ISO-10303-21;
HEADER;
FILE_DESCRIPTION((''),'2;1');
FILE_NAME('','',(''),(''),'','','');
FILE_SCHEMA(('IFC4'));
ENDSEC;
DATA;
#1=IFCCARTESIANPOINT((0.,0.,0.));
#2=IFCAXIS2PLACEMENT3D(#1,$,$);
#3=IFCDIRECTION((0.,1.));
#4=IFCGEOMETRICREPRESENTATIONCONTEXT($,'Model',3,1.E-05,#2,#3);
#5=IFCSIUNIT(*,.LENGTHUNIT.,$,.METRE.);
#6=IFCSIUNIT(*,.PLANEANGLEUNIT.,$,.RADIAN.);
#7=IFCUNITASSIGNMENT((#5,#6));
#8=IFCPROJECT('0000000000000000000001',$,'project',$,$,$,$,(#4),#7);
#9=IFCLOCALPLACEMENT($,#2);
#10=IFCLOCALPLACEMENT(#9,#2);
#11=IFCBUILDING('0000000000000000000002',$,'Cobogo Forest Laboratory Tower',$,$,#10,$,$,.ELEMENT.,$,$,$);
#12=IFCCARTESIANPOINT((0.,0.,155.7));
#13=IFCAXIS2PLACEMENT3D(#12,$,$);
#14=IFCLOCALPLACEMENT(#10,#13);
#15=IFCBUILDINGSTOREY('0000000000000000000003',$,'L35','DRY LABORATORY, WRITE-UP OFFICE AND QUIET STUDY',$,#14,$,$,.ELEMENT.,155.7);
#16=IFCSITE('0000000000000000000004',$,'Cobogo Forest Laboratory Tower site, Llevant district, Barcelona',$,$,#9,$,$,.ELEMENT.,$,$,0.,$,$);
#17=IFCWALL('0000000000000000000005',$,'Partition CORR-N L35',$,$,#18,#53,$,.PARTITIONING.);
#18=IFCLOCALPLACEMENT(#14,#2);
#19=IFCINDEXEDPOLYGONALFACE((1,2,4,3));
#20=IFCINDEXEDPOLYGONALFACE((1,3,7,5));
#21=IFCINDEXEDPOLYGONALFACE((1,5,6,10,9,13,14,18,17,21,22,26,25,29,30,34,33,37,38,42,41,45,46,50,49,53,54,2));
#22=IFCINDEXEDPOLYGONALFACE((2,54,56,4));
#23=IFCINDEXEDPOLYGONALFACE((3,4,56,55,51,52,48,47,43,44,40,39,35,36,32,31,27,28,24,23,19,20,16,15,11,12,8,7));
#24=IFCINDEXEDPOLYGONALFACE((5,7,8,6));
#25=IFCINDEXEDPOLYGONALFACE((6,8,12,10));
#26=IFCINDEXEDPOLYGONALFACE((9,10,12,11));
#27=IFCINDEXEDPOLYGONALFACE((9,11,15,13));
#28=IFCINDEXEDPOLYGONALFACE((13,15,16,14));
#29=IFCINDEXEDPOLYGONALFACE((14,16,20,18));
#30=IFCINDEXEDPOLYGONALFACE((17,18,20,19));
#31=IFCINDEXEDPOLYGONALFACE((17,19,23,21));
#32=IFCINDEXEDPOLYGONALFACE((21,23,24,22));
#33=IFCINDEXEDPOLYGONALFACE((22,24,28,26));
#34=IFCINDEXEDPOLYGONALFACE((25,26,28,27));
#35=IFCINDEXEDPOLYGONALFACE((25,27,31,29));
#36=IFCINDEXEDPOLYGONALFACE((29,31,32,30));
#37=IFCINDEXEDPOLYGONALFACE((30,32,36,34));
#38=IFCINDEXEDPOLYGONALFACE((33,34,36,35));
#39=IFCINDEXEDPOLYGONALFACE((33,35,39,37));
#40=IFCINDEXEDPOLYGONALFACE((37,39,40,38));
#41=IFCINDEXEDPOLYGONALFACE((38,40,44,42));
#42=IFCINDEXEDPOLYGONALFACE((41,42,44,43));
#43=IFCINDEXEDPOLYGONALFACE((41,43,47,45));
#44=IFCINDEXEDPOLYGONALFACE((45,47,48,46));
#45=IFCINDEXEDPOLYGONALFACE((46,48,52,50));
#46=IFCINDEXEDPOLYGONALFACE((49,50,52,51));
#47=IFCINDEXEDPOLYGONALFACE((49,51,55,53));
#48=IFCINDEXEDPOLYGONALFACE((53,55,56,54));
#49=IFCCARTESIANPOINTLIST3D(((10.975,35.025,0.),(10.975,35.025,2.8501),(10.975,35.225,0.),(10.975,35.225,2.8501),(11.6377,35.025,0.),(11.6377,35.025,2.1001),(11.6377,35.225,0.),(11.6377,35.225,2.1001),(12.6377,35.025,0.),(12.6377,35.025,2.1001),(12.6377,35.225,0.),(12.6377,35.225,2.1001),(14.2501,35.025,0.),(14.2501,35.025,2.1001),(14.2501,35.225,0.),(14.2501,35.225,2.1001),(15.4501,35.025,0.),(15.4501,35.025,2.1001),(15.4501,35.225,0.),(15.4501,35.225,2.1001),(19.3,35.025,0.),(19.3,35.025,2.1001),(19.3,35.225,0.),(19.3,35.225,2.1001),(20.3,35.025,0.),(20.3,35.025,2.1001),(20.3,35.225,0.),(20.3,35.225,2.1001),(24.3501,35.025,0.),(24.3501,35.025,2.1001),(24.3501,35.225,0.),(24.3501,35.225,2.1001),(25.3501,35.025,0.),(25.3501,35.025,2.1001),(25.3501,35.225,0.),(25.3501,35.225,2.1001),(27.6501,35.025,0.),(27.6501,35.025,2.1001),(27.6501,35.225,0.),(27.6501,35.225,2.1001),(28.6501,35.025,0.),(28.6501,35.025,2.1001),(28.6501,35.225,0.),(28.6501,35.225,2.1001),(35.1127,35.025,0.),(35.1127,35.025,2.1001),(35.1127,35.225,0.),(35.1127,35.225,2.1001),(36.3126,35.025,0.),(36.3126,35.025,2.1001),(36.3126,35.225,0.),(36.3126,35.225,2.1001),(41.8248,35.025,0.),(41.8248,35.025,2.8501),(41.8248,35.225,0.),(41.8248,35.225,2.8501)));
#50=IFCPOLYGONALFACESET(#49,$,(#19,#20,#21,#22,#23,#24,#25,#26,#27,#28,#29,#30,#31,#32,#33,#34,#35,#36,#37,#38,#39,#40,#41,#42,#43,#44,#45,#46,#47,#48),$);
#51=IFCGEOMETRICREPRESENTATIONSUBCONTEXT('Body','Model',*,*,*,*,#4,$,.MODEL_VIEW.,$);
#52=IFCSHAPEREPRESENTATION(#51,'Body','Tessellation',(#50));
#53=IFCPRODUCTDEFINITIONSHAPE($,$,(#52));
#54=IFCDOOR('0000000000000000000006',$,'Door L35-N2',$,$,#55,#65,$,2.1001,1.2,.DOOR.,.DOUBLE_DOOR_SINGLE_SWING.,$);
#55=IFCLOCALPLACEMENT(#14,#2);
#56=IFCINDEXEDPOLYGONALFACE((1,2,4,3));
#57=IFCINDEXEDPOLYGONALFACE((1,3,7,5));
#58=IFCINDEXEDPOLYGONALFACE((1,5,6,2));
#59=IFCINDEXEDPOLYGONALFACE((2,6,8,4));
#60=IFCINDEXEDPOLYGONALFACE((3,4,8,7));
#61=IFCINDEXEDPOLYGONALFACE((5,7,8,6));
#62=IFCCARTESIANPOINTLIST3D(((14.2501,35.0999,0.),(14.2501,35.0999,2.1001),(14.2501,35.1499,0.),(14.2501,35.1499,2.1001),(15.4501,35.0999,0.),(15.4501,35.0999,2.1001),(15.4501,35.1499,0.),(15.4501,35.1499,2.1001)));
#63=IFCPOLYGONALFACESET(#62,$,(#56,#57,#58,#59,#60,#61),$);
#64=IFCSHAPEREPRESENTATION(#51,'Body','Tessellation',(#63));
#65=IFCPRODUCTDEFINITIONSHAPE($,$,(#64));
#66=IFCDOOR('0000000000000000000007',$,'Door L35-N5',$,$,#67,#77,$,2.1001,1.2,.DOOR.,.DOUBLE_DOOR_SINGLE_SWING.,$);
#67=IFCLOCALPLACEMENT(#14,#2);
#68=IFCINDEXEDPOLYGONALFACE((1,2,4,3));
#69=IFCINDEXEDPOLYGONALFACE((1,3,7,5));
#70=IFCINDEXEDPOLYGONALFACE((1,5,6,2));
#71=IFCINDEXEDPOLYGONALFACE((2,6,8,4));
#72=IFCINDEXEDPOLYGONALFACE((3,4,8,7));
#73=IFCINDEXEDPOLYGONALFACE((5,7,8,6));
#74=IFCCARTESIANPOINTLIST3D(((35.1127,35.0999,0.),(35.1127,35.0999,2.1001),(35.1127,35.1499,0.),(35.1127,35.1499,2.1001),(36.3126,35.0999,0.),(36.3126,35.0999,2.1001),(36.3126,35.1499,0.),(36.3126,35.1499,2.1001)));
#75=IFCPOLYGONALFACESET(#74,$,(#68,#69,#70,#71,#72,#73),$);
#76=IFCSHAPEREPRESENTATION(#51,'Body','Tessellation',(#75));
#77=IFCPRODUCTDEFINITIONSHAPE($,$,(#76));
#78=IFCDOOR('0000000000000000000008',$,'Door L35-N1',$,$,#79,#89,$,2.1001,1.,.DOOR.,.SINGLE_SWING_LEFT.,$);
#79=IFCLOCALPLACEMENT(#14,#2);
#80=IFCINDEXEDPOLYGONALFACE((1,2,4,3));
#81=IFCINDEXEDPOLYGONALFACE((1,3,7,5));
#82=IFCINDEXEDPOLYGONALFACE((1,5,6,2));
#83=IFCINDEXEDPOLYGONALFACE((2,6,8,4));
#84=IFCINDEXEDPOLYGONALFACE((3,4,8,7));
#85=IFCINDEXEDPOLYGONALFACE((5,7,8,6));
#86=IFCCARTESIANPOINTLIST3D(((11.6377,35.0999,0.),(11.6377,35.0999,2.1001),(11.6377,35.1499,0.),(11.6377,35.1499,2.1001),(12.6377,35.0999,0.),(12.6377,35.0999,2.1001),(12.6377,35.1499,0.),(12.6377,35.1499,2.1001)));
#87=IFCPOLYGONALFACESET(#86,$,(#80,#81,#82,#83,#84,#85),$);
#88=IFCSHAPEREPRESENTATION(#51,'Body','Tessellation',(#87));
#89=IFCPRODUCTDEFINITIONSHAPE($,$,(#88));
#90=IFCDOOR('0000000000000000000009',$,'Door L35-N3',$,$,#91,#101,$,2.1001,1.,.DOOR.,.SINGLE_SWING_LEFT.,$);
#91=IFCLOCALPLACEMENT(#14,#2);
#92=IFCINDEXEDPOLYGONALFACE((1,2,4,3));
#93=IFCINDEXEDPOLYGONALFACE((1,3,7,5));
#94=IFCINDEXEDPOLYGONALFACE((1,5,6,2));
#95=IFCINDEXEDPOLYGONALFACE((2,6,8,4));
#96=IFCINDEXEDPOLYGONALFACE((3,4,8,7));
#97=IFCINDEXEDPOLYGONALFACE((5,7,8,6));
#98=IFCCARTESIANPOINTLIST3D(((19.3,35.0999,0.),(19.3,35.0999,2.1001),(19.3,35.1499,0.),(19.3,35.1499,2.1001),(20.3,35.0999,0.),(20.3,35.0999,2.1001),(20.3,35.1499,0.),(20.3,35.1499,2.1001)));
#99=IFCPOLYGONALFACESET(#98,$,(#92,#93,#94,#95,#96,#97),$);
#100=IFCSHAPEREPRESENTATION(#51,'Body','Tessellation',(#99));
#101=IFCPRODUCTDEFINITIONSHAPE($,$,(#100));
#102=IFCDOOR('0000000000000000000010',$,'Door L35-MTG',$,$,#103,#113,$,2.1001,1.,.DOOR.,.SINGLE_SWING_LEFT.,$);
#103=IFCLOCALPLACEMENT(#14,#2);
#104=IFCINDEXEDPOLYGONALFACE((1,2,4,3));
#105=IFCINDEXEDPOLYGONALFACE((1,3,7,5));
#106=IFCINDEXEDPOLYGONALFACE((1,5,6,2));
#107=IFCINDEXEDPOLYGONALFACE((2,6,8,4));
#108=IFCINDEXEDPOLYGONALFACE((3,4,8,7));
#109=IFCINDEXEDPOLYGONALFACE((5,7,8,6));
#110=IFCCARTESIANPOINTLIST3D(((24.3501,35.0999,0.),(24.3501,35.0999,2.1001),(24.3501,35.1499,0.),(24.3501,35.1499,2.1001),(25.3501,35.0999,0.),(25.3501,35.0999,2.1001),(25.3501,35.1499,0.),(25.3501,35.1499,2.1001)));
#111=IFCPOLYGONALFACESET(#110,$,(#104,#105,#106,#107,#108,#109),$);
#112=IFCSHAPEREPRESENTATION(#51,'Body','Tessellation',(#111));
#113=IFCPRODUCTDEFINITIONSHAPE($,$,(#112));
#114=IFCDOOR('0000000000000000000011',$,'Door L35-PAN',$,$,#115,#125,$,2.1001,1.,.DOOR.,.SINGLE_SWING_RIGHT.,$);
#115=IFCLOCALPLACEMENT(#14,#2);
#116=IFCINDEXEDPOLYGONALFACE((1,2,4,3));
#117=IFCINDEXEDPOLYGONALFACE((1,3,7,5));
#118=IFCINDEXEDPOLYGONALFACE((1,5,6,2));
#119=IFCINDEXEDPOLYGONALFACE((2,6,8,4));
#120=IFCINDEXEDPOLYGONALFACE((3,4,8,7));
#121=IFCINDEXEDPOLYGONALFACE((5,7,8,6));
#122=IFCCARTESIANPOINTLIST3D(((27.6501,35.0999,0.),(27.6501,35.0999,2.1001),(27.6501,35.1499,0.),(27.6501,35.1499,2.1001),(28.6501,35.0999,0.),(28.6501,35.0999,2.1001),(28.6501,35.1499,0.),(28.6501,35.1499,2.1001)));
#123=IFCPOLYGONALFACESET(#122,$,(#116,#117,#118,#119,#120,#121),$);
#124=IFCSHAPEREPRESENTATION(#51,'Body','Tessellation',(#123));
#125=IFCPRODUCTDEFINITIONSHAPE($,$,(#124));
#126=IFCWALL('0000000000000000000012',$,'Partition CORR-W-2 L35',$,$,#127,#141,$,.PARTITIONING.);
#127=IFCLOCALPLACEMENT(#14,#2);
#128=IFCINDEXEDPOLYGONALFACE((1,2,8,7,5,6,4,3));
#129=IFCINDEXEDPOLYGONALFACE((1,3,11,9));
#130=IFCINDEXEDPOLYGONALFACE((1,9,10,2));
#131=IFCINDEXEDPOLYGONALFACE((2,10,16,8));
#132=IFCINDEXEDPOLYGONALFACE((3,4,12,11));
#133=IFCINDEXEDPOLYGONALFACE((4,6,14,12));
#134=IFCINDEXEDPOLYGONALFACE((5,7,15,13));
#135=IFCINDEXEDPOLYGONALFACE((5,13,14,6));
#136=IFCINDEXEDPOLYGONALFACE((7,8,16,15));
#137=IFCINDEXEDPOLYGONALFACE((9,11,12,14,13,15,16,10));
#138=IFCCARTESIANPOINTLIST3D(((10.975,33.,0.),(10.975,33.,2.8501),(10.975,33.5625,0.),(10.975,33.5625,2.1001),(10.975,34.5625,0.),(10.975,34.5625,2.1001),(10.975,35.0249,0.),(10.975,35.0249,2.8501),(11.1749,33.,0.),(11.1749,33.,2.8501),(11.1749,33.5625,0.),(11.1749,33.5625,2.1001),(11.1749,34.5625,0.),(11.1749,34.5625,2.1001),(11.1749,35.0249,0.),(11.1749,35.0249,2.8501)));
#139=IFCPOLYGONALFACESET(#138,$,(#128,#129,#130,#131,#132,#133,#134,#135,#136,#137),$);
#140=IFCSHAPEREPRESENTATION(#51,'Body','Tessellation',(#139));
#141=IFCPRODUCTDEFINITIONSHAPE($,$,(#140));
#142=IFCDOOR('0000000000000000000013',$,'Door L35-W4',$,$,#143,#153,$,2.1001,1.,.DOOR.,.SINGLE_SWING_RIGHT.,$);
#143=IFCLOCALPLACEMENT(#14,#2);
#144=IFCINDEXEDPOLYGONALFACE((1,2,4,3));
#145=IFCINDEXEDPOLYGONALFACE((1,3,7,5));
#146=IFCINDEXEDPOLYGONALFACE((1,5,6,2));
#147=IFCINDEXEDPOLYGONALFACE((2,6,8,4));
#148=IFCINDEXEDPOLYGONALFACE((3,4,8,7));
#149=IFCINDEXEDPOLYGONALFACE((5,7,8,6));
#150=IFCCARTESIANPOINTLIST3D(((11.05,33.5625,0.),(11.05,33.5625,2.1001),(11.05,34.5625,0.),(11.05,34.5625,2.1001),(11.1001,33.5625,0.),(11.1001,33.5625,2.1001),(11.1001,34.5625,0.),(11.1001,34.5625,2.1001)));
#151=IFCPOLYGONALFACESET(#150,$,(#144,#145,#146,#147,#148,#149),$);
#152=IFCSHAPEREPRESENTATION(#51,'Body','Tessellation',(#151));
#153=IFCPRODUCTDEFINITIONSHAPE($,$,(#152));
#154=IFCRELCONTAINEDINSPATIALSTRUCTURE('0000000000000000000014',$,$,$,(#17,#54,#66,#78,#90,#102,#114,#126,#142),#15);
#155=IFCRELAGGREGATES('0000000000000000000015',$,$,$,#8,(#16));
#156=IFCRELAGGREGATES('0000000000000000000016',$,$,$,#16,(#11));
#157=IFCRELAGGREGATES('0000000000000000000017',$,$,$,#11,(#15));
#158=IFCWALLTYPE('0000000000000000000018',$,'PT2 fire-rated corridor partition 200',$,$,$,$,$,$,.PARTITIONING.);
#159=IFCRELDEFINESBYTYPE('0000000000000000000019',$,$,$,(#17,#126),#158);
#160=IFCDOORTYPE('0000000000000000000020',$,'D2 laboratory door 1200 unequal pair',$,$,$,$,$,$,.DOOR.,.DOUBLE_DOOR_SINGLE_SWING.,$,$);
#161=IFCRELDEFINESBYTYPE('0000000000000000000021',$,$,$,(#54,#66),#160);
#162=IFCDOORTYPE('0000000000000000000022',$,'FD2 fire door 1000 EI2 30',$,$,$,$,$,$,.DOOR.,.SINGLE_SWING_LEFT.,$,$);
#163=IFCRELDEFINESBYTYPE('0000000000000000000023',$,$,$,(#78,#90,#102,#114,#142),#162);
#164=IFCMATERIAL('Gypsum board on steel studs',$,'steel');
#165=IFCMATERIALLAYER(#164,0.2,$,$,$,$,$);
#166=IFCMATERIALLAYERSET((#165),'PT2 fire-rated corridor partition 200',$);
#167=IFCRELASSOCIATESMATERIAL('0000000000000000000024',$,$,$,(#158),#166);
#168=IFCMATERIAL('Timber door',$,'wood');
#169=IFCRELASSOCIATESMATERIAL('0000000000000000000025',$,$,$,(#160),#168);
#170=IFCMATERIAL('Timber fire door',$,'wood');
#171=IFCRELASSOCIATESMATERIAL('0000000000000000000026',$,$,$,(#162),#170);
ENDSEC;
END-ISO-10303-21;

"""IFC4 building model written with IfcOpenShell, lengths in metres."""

from ifc_helpers import new_model, si_unit, direction, frame, frame_2d, origin, place, context, subcontext, project, spatial, rectangle, extrude, material, layer, layer_set, type_object, element, fill, save


model = new_model("IFC4")

# Units and contexts
model_context = context("Model", 3, precision=1e-05, world=origin(), true_north=direction((0.0, 1.0)))
body_context = subcontext(model_context, "Body", "Model", "MODEL_VIEW")
ifc_project = project(units=[si_unit("LENGTHUNIT", "METRE"), si_unit("PLANEANGLEUNIT", "RADIAN")], contexts=[model_context])

# Site, building, storey
site_placement = place(None, origin())
site = spatial("IfcSite", under=ifc_project, at=site_placement, Name="Cobogo Forest Laboratory Tower site, Llevant district, Barcelona", CompositionType="ELEMENT", RefElevation=0.0)
building_placement = place(site_placement, origin())
building = spatial("IfcBuilding", under=site, at=building_placement, Name="Cobogo Forest Laboratory Tower", CompositionType="ELEMENT")
storey_placement = place(building_placement, frame((0.0, 0.0, 155.7)))
storey = spatial("IfcBuildingStorey", under=building, at=storey_placement, Name="L35", Description="DRY LABORATORY, WRITE-UP OFFICE AND QUIET STUDY", CompositionType="ELEMENT", Elevation=155.7)

# Shared definitions
ifc_material_1 = material(Name="Gypsum board on steel studs", Category="steel")

# Wall, openings, doors
ifc_layer_1 = layer(ifc_material_1, 0.2)
ifc_layer_set_1 = layer_set([ifc_layer_1], Name="PT2 fire-rated corridor partition 200")
wall_type_1 = type_object("IfcWallType", Name="PT2 fire-rated corridor partition 200", PredefinedType="PARTITIONING", material=ifc_layer_set_1)
wall_1_placement = place(storey_placement, frame((10.9751, 35.125, 0.0), z_axis=(0.0, 0.0, 1.0), x_axis=(1.0, 0.0, 0.0)))
wall_1 = element("IfcWall", 1, at=wall_1_placement, inside=storey, type_object=wall_type_1, Name="Partition CORR-N L35", PredefinedType="PARTITIONING", context=body_context, shape_type="SweptSolid", body=[
    extrude(rectangle(XDim=30.8499, YDim=0.2, at=frame_2d((15.4248, 0.0))), origin(), (0.0, 0.0, 1.0), 2.8501),
])
opening_1_placement = place(wall_1_placement, frame((0.6626, 0.0, 0.0)))
opening_1 = element("IfcOpeningElement", 2, at=opening_1_placement, cuts=wall_1, PredefinedType="OPENING", context=body_context, shape_type="SweptSolid", body=[
    extrude(rectangle(XDim=1.0, YDim=2.1001, at=frame_2d((0.5, 1.05))), frame((0.0, 0.1099, 0.0), z_axis=(0.0, -1.0, 0.0), x_axis=(1.0, 0.0, 0.0)), (0.0, 0.0, 1.0), 0.22),
])
opening_2_placement = place(wall_1_placement, frame((3.2749, 0.0, 0.0)))
opening_2 = element("IfcOpeningElement", 3, at=opening_2_placement, cuts=wall_1, PredefinedType="OPENING", context=body_context, shape_type="SweptSolid", body=[
    extrude(rectangle(XDim=1.2, YDim=2.1001, at=frame_2d((0.6001, 1.05))), frame((0.0, 0.1099, 0.0), z_axis=(0.0, -1.0, 0.0), x_axis=(1.0, 0.0, 0.0)), (0.0, 0.0, 1.0), 0.22),
])
opening_3_placement = place(wall_1_placement, frame((8.325, 0.0, 0.0)))
opening_3 = element("IfcOpeningElement", 4, at=opening_3_placement, cuts=wall_1, PredefinedType="OPENING", context=body_context, shape_type="SweptSolid", body=[
    extrude(rectangle(XDim=1.0, YDim=2.1001, at=frame_2d((0.5, 1.05))), frame((0.0, 0.1099, 0.0), z_axis=(0.0, -1.0, 0.0), x_axis=(1.0, 0.0, 0.0)), (0.0, 0.0, 1.0), 0.22),
])
opening_4_placement = place(wall_1_placement, frame((13.375, 0.0, 0.0)))
opening_4 = element("IfcOpeningElement", 5, at=opening_4_placement, cuts=wall_1, PredefinedType="OPENING", context=body_context, shape_type="SweptSolid", body=[
    extrude(rectangle(XDim=1.0, YDim=2.1001, at=frame_2d((0.5, 1.05))), frame((0.0, 0.1099, 0.0), z_axis=(0.0, -1.0, 0.0), x_axis=(1.0, 0.0, 0.0)), (0.0, 0.0, 1.0), 0.22),
])
opening_5_placement = place(wall_1_placement, frame((16.675, 0.0, 0.0)))
opening_5 = element("IfcOpeningElement", 6, at=opening_5_placement, cuts=wall_1, PredefinedType="OPENING", context=body_context, shape_type="SweptSolid", body=[
    extrude(rectangle(XDim=1.0, YDim=2.1001, at=frame_2d((0.5, 1.05))), frame((0.0, 0.1099, 0.0), z_axis=(0.0, -1.0, 0.0), x_axis=(1.0, 0.0, 0.0)), (0.0, 0.0, 1.0), 0.22),
])
opening_6_placement = place(wall_1_placement, frame((24.1375, 0.0, 0.0)))
opening_6 = element("IfcOpeningElement", 7, at=opening_6_placement, cuts=wall_1, PredefinedType="OPENING", context=body_context, shape_type="SweptSolid", body=[
    extrude(rectangle(XDim=1.2, YDim=2.1001, at=frame_2d((0.6001, 1.05))), frame((0.0, 0.1099, 0.0), z_axis=(0.0, -1.0, 0.0), x_axis=(1.0, 0.0, 0.0)), (0.0, 0.0, 1.0), 0.22),
])
ifc_material_2 = material(Name="Timber door", Category="wood")
door_type_1 = type_object("IfcDoorType", Name="D2 laboratory door 1200 unequal pair", OperationType="DOUBLE_DOOR_SINGLE_SWING", PredefinedType="DOOR", material=ifc_material_2)
door_1_placement = place(opening_2_placement, origin())
door_1 = element("IfcDoor", 8, at=door_1_placement, inside=storey, type_object=door_type_1, Name="Door L35-N2", OperationType="DOUBLE_DOOR_SINGLE_SWING", OverallHeight=2.1001, OverallWidth=1.2, PredefinedType="DOOR", context=body_context, shape_type="SweptSolid", body=[
    extrude(rectangle(XDim=1.2, YDim=2.1001, at=frame_2d((0.6001, 1.05))), frame((0.0, 0.0249, 0.0), z_axis=(0.0, -1.0, 0.0), x_axis=(1.0, 0.0, 0.0)), (0.0, 0.0, 1.0), 0.05),
])
fill(opening_2, door_1)
door_2_placement = place(opening_6_placement, origin())
door_2 = element("IfcDoor", 9, at=door_2_placement, inside=storey, type_object=door_type_1, Name="Door L35-N5", OperationType="DOUBLE_DOOR_SINGLE_SWING", OverallHeight=2.1001, OverallWidth=1.2, PredefinedType="DOOR", context=body_context, shape_type="SweptSolid", body=[
    extrude(rectangle(XDim=1.2, YDim=2.1001, at=frame_2d((0.6001, 1.05))), frame((0.0, 0.0249, 0.0), z_axis=(0.0, -1.0, 0.0), x_axis=(1.0, 0.0, 0.0)), (0.0, 0.0, 1.0), 0.05),
])
fill(opening_6, door_2)
ifc_material_3 = material(Name="Timber fire door", Category="wood")
door_type_2 = type_object("IfcDoorType", Name="FD2 fire door 1000 EI2 30", OperationType="SINGLE_SWING_LEFT", PredefinedType="DOOR", material=ifc_material_3)
door_3_placement = place(opening_1_placement, origin())
door_3 = element("IfcDoor", 10, at=door_3_placement, inside=storey, type_object=door_type_2, Name="Door L35-N1", OperationType="SINGLE_SWING_LEFT", OverallHeight=2.1001, OverallWidth=1.0, PredefinedType="DOOR", context=body_context, shape_type="SweptSolid", body=[
    extrude(rectangle(XDim=1.0, YDim=2.1001, at=frame_2d((0.5, 1.05))), frame((0.0, 0.0249, 0.0), z_axis=(0.0, -1.0, 0.0), x_axis=(1.0, 0.0, 0.0)), (0.0, 0.0, 1.0), 0.05),
])
fill(opening_1, door_3)
door_4_placement = place(opening_3_placement, origin())
door_4 = element("IfcDoor", 11, at=door_4_placement, inside=storey, type_object=door_type_2, Name="Door L35-N3", OperationType="SINGLE_SWING_LEFT", OverallHeight=2.1001, OverallWidth=1.0, PredefinedType="DOOR", context=body_context, shape_type="SweptSolid", body=[
    extrude(rectangle(XDim=1.0, YDim=2.1001, at=frame_2d((0.5, 1.05))), frame((0.0, 0.0249, 0.0), z_axis=(0.0, -1.0, 0.0), x_axis=(1.0, 0.0, 0.0)), (0.0, 0.0, 1.0), 0.05),
])
fill(opening_3, door_4)
door_5_placement = place(opening_4_placement, origin())
door_5 = element("IfcDoor", 12, at=door_5_placement, inside=storey, type_object=door_type_2, Name="Door L35-MTG", OperationType="SINGLE_SWING_LEFT", OverallHeight=2.1001, OverallWidth=1.0, PredefinedType="DOOR", context=body_context, shape_type="SweptSolid", body=[
    extrude(rectangle(XDim=1.0, YDim=2.1001, at=frame_2d((0.5, 1.05))), frame((0.0, 0.0249, 0.0), z_axis=(0.0, -1.0, 0.0), x_axis=(1.0, 0.0, 0.0)), (0.0, 0.0, 1.0), 0.05),
])
fill(opening_4, door_5)
door_6_placement = place(opening_5_placement, origin())
door_6 = element("IfcDoor", 13, at=door_6_placement, inside=storey, type_object=door_type_2, Name="Door L35-PAN", OperationType="SINGLE_SWING_RIGHT", OverallHeight=2.1001, OverallWidth=1.0, PredefinedType="DOOR", context=body_context, shape_type="SweptSolid", body=[
    extrude(rectangle(XDim=1.0, YDim=2.1001, at=frame_2d((0.5, 1.05))), frame((0.0, 0.0249, 0.0), z_axis=(0.0, -1.0, 0.0), x_axis=(1.0, 0.0, 0.0)), (0.0, 0.0, 1.0), 0.05),
])
fill(opening_5, door_6)

# Wall, opening, door
wall_2_placement = place(storey_placement, frame((11.075, 33.0, 0.0), z_axis=(0.0, 0.0, 1.0), x_axis=(0.0, 1.0, 0.0)))
wall_2 = element("IfcWall", 14, at=wall_2_placement, inside=storey, type_object=wall_type_1, Name="Partition CORR-W-2 L35", PredefinedType="PARTITIONING", context=body_context, shape_type="SweptSolid", body=[
    extrude(rectangle(XDim=2.0249, YDim=0.2, at=frame_2d((1.0125, 0.0))), origin(), (0.0, 0.0, 1.0), 2.8501),
])
opening_7_placement = place(wall_2_placement, frame((0.5625, 0.0, 0.0)))
opening_7 = element("IfcOpeningElement", 15, at=opening_7_placement, cuts=wall_2, PredefinedType="OPENING", context=body_context, shape_type="SweptSolid", body=[
    extrude(rectangle(XDim=1.0, YDim=2.1001, at=frame_2d((0.5, 1.05))), frame((0.0, 0.1099, 0.0), z_axis=(0.0, -1.0, 0.0), x_axis=(1.0, 0.0, 0.0)), (0.0, 0.0, 1.0), 0.22),
])
door_7_placement = place(opening_7_placement, origin())
door_7 = element("IfcDoor", 16, at=door_7_placement, inside=storey, type_object=door_type_2, Name="Door L35-W4", OperationType="SINGLE_SWING_RIGHT", OverallHeight=2.1001, OverallWidth=1.0, PredefinedType="DOOR", context=body_context, shape_type="SweptSolid", body=[
    extrude(rectangle(XDim=1.0, YDim=2.1001, at=frame_2d((0.5, 1.05))), frame((0.0, 0.0249, 0.0), z_axis=(0.0, -1.0, 0.0), x_axis=(1.0, 0.0, 0.0)), (0.0, 0.0, 1.0), 0.05),
])
fill(opening_7, door_7)

save(model, "model.ifc")
